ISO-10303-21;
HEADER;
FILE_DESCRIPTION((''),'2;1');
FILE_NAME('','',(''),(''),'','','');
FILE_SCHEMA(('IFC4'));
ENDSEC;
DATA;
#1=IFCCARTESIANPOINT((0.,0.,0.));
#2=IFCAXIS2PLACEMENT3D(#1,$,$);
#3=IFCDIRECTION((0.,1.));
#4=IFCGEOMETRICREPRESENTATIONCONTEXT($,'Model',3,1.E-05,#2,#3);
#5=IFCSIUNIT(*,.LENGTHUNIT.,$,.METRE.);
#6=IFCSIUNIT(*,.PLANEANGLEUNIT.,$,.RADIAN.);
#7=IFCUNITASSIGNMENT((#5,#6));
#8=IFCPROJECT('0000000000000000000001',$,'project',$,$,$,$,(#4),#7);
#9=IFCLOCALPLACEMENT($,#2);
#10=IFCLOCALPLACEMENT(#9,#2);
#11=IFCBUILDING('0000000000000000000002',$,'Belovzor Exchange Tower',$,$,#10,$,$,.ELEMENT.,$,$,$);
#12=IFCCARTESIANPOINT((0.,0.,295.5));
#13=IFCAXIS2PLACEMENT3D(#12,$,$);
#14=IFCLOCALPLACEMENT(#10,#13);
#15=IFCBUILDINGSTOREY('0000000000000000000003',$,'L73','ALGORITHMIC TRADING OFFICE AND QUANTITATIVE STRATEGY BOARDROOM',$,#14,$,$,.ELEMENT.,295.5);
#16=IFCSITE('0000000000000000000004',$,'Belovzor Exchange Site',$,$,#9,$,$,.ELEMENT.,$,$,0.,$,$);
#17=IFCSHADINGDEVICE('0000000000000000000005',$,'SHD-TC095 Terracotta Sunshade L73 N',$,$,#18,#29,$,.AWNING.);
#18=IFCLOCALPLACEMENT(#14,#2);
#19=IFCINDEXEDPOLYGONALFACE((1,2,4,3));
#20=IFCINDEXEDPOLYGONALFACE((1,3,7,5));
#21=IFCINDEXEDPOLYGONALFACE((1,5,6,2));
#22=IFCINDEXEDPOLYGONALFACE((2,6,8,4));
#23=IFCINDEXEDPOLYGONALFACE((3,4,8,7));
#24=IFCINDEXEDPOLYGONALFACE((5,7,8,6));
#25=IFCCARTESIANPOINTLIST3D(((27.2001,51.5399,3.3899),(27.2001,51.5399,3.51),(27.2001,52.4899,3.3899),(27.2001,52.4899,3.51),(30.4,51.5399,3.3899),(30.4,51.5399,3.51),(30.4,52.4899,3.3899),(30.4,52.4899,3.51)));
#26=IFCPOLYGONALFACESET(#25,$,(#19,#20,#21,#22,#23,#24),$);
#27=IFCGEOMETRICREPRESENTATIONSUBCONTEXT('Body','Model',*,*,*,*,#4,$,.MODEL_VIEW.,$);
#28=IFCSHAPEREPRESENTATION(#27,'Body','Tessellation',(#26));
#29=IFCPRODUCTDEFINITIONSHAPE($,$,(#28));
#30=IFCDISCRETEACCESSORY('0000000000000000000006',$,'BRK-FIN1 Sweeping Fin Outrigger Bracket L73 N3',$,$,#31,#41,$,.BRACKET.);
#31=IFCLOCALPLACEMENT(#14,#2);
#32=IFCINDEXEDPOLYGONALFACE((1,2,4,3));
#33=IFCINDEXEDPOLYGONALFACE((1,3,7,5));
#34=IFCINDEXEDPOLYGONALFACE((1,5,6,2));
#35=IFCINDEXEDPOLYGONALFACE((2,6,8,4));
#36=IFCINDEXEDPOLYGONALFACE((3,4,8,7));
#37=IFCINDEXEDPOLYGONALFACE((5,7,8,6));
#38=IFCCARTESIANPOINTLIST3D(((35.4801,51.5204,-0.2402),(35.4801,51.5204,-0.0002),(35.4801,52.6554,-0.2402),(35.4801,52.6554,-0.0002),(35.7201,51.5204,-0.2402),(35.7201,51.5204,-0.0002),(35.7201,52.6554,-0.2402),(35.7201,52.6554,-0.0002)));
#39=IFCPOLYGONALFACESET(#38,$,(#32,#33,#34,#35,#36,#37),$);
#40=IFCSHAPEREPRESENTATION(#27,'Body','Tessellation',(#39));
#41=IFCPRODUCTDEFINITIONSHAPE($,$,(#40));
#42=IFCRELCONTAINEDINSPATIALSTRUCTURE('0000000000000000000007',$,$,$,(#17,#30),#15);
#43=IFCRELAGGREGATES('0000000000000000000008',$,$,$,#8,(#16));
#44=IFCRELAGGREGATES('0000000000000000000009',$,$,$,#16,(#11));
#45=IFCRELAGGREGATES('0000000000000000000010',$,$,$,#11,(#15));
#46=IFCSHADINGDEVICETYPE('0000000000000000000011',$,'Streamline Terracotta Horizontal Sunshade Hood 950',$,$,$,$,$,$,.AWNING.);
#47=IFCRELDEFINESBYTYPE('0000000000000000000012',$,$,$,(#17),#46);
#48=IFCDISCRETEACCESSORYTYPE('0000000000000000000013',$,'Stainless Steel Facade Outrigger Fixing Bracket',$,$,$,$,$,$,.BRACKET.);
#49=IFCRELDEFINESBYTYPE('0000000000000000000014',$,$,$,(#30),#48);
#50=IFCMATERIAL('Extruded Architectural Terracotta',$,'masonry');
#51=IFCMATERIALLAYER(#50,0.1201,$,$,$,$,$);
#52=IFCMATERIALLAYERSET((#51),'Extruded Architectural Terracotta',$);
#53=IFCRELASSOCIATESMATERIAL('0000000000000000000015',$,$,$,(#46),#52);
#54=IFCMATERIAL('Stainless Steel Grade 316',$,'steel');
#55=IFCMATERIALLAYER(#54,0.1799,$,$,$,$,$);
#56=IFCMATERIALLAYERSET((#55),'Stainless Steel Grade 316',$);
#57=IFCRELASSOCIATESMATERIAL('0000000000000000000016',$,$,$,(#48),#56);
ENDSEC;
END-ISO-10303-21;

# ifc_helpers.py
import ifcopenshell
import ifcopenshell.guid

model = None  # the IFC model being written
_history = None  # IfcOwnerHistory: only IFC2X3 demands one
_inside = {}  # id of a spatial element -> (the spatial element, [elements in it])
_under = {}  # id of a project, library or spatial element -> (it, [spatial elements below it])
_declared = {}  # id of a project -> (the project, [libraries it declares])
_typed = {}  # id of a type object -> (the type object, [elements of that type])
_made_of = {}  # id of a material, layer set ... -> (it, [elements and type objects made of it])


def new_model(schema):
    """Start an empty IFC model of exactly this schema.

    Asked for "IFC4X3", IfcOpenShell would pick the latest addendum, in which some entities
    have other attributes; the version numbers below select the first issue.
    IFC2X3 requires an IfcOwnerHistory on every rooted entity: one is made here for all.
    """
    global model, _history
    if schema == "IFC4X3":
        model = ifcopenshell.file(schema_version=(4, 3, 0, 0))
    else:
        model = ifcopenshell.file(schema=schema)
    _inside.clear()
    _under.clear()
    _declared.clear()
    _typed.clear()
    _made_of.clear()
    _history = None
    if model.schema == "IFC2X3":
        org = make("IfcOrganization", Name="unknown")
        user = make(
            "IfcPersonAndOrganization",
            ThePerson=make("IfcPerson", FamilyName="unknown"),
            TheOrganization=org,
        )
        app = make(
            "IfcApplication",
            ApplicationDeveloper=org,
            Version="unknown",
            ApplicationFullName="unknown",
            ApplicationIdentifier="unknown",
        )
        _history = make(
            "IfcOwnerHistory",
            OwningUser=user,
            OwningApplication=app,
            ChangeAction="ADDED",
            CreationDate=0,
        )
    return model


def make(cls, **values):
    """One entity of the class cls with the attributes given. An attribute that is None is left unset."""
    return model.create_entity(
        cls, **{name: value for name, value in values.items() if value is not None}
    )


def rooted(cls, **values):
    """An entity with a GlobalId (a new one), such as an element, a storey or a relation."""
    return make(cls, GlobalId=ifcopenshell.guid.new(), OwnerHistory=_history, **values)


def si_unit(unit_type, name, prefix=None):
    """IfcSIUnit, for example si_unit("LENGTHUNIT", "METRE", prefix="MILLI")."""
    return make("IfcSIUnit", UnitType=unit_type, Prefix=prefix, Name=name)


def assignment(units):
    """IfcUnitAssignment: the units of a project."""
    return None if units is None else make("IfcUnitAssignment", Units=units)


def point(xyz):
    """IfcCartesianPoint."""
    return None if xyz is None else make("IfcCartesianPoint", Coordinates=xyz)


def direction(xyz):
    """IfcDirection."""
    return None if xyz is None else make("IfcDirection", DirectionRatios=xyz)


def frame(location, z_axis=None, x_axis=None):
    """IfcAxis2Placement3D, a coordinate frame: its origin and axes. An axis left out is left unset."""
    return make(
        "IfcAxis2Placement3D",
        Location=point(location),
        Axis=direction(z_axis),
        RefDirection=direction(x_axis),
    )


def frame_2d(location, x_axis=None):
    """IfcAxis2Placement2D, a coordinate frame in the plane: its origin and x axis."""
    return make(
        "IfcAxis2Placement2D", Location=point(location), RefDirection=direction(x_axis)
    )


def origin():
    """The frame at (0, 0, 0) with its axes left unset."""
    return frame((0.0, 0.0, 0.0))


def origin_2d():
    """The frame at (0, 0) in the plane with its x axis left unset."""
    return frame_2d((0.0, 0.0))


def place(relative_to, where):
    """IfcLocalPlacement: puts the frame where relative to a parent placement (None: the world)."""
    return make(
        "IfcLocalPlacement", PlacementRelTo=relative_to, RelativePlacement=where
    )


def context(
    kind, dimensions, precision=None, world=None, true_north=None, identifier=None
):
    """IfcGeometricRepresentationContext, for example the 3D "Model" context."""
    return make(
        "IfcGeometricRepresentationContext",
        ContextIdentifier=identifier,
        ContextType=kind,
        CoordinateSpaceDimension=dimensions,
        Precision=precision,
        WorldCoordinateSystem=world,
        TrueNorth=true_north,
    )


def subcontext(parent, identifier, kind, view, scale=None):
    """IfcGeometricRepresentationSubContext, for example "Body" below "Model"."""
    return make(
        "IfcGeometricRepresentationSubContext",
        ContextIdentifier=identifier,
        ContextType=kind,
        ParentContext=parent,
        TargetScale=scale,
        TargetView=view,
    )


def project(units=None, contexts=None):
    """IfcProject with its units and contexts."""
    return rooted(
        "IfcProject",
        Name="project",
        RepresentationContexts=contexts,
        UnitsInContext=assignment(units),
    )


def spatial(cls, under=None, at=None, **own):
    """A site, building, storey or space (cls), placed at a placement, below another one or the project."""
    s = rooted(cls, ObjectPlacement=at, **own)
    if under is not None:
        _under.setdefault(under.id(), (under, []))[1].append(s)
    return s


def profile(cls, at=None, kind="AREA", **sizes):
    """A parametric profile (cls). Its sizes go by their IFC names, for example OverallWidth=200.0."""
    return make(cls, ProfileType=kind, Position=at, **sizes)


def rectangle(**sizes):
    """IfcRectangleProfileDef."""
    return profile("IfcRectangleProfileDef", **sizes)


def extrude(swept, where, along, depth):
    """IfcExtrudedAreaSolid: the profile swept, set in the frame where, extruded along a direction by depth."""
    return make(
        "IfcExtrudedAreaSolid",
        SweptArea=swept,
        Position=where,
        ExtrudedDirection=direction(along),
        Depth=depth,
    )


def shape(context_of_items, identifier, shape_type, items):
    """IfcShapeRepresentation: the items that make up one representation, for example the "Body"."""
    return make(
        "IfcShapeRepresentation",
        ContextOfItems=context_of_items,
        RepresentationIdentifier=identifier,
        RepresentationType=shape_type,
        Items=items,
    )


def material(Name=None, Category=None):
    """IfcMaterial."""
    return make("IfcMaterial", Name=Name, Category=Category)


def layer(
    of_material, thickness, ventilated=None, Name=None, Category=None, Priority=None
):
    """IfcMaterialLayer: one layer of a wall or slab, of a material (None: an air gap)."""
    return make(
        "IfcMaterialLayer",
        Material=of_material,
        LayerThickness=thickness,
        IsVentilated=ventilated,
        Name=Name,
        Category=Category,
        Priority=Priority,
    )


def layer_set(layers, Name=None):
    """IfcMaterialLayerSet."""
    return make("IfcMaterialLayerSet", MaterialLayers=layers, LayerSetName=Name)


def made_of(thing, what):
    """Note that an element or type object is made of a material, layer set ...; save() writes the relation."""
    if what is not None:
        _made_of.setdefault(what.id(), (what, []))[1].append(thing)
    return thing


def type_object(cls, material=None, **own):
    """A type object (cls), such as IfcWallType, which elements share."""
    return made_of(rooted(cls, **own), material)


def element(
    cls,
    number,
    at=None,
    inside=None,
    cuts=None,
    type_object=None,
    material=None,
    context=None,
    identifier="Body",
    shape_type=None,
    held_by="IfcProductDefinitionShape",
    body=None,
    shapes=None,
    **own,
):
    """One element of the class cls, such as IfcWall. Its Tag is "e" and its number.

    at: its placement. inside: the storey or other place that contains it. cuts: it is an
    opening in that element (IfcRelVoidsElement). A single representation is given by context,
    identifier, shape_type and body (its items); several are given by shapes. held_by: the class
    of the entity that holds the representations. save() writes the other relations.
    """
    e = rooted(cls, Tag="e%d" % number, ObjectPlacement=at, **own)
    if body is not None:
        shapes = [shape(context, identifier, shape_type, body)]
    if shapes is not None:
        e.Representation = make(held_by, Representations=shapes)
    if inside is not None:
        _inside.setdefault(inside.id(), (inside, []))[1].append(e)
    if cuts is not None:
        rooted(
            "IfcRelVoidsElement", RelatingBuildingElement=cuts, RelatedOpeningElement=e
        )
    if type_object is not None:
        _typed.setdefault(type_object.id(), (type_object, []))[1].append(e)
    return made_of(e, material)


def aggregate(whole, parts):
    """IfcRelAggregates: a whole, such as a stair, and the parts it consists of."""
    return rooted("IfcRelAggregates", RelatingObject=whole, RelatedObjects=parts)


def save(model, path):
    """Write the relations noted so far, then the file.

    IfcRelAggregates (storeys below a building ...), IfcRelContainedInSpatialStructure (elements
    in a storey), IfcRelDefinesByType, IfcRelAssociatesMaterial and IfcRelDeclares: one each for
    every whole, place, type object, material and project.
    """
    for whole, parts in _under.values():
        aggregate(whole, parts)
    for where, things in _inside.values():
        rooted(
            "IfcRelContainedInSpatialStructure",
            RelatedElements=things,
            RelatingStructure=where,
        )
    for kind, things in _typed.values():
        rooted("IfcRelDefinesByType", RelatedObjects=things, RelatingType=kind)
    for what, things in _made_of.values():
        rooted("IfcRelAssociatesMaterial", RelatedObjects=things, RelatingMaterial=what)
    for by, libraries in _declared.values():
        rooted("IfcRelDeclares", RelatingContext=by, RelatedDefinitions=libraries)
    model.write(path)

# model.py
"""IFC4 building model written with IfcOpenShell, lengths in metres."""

from ifc_helpers import new_model, si_unit, direction, frame, origin, origin_2d, place, context, subcontext, project, spatial, rectangle, extrude, material, layer, layer_set, type_object, element, save


model = new_model("IFC4")

# Units and contexts
model_context = context("Model", 3, precision=1e-05, world=origin(), true_north=direction((0.0, 1.0)))
body_context = subcontext(model_context, "Body", "Model", "MODEL_VIEW")
ifc_project = project(units=[si_unit("LENGTHUNIT", "METRE"), si_unit("PLANEANGLEUNIT", "RADIAN")], contexts=[model_context])

# Site, building, storey
site_placement = place(None, origin())
site = spatial("IfcSite", under=ifc_project, at=site_placement, Name="Belovzor Exchange Site", CompositionType="ELEMENT", RefElevation=0.0)
building_placement = place(site_placement, origin())
building = spatial("IfcBuilding", under=site, at=building_placement, Name="Belovzor Exchange Tower", CompositionType="ELEMENT")
storey_placement = place(building_placement, frame((0.0, 0.0, 295.5)))
storey = spatial("IfcBuildingStorey", under=building, at=storey_placement, Name="L73", Description="ALGORITHMIC TRADING OFFICE AND QUANTITATIVE STRATEGY BOARDROOM", CompositionType="ELEMENT", Elevation=295.5)

# Shading device
ifc_material_1 = material(Name="Extruded Architectural Terracotta", Category="masonry")
ifc_layer_1 = layer(ifc_material_1, 0.1201)
ifc_layer_set_1 = layer_set([ifc_layer_1], Name="Extruded Architectural Terracotta")
shading_device_type = type_object("IfcShadingDeviceType", Name="Streamline Terracotta Horizontal Sunshade Hood 950", PredefinedType="AWNING", material=ifc_layer_set_1)
shading_device_placement = place(storey_placement, frame((28.8, 52.0149, 3.3899), z_axis=(0.0, 0.0, 1.0), x_axis=(1.0, 0.0, 0.0)))
element("IfcShadingDevice", 1, at=shading_device_placement, inside=storey, type_object=shading_device_type, Name="SHD-TC095 Terracotta Sunshade L73 N", PredefinedType="AWNING", context=body_context, shape_type="SweptSolid", body=[
    extrude(rectangle(XDim=3.2, YDim=0.95, at=origin_2d()), origin(), (0.0, 0.0, 1.0), 0.1201),
])

# Discrete accessory
ifc_material_2 = material(Name="Stainless Steel Grade 316", Category="steel")
ifc_layer_2 = layer(ifc_material_2, 0.1799)
ifc_layer_set_2 = layer_set([ifc_layer_2], Name="Stainless Steel Grade 316")
discrete_accessory_type = type_object("IfcDiscreteAccessoryType", Name="Stainless Steel Facade Outrigger Fixing Bracket", PredefinedType="BRACKET", material=ifc_layer_set_2)
discrete_accessory_placement = place(storey_placement, frame((35.6001, 52.0879, -0.2402), z_axis=(0.0, 0.0, 1.0), x_axis=(0.0, 1.0, 0.0)))
element("IfcDiscreteAccessory", 2, at=discrete_accessory_placement, inside=storey, type_object=discrete_accessory_type, Name="BRK-FIN1 Sweeping Fin Outrigger Bracket L73 N3", PredefinedType="BRACKET", context=body_context, shape_type="SweptSolid", body=[
    extrude(rectangle(XDim=1.135, YDim=0.24, at=origin_2d()), origin(), (0.0, 0.0, 1.0), 0.24),
])

save(model, "model.ifc")
